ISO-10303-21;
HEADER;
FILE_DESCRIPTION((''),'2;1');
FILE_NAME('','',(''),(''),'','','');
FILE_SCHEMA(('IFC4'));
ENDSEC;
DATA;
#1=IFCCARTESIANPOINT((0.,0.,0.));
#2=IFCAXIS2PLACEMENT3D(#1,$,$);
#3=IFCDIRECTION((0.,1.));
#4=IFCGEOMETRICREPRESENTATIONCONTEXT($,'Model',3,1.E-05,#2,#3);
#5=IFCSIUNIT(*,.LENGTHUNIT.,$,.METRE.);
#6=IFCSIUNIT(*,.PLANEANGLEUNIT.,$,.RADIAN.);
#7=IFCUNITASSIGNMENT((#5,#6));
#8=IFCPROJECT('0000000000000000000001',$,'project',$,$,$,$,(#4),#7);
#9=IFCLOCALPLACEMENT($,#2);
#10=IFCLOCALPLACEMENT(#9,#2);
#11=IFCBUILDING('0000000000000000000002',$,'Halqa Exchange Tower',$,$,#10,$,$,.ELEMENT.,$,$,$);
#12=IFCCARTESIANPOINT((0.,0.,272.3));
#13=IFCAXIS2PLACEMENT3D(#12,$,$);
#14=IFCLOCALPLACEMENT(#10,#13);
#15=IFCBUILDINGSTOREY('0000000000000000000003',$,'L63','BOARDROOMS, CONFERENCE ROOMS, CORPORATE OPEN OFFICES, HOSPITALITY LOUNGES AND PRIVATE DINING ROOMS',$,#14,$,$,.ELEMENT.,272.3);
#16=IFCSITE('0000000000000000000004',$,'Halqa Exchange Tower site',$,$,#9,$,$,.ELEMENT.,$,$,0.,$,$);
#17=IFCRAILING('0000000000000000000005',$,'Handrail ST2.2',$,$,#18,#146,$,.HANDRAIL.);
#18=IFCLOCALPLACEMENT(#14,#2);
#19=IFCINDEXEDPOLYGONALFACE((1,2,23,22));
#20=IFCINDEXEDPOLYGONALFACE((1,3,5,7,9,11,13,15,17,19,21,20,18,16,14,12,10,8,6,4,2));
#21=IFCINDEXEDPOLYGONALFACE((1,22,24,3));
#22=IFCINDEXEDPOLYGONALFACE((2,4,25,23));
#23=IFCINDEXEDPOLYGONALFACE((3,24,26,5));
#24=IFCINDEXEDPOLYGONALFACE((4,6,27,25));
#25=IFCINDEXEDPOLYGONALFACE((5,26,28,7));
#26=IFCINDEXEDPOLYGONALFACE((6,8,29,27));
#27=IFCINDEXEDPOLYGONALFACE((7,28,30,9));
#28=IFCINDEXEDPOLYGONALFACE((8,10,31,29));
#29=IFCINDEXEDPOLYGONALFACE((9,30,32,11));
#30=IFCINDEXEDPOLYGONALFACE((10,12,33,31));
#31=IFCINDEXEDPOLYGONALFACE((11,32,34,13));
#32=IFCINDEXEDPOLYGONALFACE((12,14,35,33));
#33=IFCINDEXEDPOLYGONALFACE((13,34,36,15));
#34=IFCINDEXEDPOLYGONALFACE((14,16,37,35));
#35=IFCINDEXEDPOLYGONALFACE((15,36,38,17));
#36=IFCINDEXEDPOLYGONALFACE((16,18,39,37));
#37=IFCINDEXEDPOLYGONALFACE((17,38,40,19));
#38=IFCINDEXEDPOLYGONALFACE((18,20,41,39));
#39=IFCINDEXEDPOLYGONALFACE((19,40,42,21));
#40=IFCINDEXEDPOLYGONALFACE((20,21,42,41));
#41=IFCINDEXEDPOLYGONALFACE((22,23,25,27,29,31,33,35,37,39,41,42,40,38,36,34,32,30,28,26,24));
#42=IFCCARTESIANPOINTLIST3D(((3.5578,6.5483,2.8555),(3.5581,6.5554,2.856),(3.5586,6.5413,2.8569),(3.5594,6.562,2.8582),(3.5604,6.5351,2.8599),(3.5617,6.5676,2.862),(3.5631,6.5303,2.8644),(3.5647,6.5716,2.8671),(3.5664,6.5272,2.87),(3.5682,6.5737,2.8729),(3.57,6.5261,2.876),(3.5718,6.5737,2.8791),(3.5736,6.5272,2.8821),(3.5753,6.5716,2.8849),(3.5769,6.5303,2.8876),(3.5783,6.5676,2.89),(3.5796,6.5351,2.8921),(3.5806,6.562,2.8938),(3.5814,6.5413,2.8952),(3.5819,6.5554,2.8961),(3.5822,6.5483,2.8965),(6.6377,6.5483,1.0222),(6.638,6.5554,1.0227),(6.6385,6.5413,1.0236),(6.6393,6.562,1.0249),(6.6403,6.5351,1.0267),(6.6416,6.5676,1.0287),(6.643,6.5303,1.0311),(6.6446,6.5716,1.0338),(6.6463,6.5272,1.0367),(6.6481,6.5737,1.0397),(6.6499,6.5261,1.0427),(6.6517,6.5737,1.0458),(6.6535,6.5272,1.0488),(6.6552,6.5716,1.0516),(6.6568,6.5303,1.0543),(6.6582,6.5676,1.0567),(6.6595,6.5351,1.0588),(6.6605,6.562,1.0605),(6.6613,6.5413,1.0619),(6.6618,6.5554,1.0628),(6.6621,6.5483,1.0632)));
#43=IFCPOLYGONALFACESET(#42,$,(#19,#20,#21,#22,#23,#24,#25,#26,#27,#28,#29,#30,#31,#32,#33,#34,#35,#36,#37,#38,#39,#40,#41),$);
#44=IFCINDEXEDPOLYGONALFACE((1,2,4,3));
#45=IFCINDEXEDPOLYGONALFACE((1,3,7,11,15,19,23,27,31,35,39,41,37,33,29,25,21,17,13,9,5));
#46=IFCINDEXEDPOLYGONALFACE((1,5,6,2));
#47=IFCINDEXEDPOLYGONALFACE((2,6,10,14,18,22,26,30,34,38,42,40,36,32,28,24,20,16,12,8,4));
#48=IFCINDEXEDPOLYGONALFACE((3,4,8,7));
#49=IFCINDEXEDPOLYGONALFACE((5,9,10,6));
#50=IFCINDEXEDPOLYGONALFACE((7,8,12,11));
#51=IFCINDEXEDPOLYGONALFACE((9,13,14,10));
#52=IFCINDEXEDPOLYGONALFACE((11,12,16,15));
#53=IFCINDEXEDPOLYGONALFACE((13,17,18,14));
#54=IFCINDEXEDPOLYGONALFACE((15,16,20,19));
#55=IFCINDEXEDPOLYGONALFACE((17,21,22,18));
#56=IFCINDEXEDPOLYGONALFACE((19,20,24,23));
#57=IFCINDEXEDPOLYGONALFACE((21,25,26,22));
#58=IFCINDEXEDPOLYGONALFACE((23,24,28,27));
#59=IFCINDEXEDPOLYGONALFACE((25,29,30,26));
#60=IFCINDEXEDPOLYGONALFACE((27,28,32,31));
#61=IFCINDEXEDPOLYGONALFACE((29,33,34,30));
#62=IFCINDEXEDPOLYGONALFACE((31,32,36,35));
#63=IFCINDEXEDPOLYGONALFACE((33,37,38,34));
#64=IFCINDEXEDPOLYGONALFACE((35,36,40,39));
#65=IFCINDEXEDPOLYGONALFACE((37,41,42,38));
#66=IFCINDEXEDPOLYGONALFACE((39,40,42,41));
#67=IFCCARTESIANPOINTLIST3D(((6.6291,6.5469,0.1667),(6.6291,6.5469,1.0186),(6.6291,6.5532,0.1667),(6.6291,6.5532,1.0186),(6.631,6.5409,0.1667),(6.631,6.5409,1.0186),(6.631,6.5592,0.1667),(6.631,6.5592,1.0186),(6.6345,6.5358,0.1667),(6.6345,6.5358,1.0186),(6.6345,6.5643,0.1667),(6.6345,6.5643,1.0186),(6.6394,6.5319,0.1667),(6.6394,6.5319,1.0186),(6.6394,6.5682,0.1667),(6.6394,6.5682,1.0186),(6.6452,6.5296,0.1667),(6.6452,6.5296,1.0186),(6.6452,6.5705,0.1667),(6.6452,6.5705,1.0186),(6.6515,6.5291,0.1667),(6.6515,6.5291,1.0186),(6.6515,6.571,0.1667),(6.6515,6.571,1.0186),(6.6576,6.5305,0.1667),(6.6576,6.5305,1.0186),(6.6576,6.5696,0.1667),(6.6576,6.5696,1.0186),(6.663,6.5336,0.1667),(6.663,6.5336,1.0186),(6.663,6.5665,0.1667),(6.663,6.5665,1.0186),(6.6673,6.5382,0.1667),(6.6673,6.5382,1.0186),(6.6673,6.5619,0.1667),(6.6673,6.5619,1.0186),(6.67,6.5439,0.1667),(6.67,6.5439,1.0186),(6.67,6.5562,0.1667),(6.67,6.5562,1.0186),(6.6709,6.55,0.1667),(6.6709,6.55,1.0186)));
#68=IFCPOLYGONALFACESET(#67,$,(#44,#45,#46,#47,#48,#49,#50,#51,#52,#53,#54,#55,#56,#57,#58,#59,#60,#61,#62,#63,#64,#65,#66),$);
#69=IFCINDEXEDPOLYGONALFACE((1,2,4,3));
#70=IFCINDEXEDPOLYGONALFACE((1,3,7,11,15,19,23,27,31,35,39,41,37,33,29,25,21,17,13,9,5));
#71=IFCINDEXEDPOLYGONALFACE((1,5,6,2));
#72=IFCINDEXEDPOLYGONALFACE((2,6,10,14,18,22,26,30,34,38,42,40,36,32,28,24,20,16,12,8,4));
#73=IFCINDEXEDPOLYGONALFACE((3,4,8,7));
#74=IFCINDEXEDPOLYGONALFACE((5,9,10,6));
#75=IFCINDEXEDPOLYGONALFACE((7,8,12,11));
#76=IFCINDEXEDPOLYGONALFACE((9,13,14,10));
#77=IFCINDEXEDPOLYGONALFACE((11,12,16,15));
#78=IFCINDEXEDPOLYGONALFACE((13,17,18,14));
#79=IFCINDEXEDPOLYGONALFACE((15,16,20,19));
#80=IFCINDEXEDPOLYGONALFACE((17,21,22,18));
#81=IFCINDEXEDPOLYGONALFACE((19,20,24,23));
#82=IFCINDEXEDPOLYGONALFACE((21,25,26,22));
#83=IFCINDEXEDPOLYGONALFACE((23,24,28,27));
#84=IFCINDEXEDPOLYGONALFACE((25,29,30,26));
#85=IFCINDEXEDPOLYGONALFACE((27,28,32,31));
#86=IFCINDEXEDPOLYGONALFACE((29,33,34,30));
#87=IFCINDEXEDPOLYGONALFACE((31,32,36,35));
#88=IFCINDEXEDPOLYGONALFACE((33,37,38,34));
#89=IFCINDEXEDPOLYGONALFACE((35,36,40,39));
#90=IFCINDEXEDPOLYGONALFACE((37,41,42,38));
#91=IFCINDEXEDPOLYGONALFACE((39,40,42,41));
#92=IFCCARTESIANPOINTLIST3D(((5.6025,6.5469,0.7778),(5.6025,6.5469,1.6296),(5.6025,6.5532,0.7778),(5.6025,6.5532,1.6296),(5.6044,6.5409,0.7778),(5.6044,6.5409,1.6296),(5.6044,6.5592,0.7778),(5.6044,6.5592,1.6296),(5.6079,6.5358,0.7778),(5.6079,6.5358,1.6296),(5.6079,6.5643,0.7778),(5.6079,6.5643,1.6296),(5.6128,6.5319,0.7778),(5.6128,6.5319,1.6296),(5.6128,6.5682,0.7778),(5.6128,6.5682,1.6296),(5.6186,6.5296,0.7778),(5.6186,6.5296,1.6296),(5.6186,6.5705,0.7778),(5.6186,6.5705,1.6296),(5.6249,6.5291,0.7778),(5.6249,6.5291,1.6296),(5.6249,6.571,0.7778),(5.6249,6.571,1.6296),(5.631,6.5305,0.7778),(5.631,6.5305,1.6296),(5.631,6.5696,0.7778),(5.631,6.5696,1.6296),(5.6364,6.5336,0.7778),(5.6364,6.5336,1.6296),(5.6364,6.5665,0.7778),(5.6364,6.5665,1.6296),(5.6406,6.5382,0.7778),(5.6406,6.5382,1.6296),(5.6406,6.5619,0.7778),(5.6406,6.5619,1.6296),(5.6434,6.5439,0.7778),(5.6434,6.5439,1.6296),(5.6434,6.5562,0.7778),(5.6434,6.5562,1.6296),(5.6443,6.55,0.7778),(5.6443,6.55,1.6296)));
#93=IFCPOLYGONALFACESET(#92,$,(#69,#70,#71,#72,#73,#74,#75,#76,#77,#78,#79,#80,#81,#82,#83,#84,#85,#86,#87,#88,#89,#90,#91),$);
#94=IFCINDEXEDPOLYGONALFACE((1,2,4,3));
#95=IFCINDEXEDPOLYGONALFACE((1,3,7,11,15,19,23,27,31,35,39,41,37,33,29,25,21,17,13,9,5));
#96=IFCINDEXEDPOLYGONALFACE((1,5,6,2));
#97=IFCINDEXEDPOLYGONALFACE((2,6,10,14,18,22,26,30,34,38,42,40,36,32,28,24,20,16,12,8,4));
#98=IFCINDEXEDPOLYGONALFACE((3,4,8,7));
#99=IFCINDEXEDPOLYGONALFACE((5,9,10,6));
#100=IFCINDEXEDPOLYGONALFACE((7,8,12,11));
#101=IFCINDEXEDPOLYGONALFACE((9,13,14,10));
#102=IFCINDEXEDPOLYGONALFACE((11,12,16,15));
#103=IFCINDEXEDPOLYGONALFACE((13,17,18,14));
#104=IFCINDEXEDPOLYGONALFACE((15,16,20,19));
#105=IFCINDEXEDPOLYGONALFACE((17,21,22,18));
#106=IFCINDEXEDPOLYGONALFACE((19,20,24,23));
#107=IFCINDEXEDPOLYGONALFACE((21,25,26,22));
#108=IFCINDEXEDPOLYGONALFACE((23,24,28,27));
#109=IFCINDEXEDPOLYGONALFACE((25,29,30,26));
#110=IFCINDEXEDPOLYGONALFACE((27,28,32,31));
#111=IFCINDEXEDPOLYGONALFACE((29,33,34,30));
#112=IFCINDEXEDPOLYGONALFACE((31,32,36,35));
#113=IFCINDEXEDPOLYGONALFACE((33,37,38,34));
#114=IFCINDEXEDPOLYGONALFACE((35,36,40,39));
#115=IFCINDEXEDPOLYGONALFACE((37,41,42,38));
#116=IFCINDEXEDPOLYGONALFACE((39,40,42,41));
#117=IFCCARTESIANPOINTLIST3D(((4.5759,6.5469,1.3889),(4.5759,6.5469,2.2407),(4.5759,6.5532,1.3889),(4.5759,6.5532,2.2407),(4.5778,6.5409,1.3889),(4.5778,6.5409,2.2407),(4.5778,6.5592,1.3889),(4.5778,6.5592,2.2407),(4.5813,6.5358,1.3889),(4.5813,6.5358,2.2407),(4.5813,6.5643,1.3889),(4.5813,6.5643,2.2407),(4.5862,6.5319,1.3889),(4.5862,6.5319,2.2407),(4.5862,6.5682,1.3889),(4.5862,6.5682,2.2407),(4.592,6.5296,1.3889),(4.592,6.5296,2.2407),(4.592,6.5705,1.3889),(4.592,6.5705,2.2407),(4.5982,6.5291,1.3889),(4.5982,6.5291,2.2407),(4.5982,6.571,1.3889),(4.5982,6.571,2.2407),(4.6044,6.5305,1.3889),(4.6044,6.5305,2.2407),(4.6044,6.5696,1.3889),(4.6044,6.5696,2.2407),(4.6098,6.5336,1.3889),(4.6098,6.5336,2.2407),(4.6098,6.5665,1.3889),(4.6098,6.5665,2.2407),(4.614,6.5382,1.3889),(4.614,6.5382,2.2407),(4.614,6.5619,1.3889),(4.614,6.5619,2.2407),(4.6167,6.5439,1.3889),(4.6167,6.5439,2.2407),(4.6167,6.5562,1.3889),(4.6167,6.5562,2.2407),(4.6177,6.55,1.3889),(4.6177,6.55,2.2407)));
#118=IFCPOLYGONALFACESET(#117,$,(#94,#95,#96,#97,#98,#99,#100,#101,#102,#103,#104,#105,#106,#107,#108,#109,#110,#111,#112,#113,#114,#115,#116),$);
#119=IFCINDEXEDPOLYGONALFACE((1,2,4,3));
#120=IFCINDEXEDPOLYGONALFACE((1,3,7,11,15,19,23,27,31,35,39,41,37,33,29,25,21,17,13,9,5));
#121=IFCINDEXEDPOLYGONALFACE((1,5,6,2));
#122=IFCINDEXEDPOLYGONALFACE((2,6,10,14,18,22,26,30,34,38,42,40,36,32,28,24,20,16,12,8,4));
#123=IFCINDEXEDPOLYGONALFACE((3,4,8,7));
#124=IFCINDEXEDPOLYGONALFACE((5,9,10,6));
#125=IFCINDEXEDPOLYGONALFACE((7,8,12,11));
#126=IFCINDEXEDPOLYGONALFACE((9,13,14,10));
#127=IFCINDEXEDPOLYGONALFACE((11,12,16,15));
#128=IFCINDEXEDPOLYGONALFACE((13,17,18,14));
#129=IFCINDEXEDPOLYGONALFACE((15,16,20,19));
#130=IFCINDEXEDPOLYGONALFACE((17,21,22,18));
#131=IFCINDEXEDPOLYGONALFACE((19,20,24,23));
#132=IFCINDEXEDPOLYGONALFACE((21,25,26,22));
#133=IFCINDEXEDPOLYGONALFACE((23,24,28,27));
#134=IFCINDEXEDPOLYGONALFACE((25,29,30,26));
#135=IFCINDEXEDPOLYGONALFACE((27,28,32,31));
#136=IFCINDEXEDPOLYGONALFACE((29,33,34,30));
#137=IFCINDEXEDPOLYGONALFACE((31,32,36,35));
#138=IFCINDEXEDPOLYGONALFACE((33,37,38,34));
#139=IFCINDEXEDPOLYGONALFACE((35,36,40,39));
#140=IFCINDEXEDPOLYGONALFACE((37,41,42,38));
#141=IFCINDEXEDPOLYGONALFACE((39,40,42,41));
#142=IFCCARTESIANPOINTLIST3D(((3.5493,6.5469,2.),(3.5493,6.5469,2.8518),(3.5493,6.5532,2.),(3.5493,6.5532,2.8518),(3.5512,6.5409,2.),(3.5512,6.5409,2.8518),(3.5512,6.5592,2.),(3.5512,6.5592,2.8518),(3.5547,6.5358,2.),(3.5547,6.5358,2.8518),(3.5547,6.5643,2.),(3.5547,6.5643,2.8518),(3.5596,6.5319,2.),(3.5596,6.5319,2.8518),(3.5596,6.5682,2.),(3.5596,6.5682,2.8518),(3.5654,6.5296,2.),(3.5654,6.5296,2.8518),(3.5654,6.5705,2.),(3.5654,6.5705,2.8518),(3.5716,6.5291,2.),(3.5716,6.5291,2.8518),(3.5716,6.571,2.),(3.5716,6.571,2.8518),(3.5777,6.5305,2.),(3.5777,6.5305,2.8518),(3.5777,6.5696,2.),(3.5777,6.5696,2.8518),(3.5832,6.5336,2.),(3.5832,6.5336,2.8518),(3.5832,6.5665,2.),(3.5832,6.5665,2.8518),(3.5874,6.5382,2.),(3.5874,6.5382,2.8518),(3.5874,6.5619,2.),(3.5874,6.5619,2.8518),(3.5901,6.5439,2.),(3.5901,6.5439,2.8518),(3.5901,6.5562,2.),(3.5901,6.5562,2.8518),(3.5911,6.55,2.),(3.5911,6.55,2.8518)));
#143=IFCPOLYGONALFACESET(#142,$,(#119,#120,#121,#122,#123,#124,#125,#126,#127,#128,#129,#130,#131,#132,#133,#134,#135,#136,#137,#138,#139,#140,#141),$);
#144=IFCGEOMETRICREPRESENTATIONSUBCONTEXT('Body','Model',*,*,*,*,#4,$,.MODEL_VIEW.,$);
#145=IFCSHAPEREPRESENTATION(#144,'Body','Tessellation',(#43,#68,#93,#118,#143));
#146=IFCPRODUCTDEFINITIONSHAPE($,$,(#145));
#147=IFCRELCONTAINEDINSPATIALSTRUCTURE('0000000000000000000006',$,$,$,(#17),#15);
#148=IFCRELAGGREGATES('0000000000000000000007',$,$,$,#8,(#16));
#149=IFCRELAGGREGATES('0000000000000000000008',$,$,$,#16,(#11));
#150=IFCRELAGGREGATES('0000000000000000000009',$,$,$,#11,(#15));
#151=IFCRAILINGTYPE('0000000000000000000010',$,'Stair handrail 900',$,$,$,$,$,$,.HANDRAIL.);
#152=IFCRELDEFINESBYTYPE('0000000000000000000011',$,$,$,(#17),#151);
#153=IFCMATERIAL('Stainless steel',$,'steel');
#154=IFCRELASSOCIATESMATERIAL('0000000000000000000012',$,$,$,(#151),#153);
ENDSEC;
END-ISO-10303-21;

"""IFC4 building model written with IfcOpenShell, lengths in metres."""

from ifc_helpers import new_model, si_unit, direction, frame, origin, origin_2d, place, context, subcontext, project, spatial, circle, extrude, material, type_object, element, save


model = new_model("IFC4")

# Units and contexts
model_context = context("Model", 3, precision=1e-05, world=origin(), true_north=direction((0.0, 1.0)))
body_context = subcontext(model_context, "Body", "Model", "MODEL_VIEW")
ifc_project = project(units=[si_unit("LENGTHUNIT", "METRE"), si_unit("PLANEANGLEUNIT", "RADIAN")], contexts=[model_context])

# Site, building, storey
site_placement = place(None, origin())
site = spatial("IfcSite", under=ifc_project, at=site_placement, Name="Halqa Exchange Tower site", CompositionType="ELEMENT", RefElevation=0.0)
building_placement = place(site_placement, origin())
building = spatial("IfcBuilding", under=site, at=building_placement, Name="Halqa Exchange Tower", CompositionType="ELEMENT")
storey_placement = place(building_placement, frame((0.0, 0.0, 272.3)))
storey = spatial("IfcBuildingStorey", under=building, at=storey_placement, Name="L63", Description="BOARDROOMS, CONFERENCE ROOMS, CORPORATE OPEN OFFICES, HOSPITALITY LOUNGES AND PRIVATE DINING ROOMS", CompositionType="ELEMENT", Elevation=272.3)

# Railing
ifc_material_1 = material(Name="Stainless steel", Category="steel")
railing_type_1 = type_object("IfcRailingType", Name="Stair handrail 900", PredefinedType="HANDRAIL", material=ifc_material_1)
railing_1_placement = place(storey_placement, frame((6.6499, 6.55, 0.1667)))
element("IfcRailing", 1, at=railing_1_placement, inside=storey, type_object=railing_type_1, Name="Handrail ST2.2", PredefinedType="HANDRAIL", context=body_context, shape_type="SweptSolid", body=[
    extrude(circle(Radius=0.0239, at=origin_2d()), frame((0.0, 0.0, 0.876), z_axis=(-0.859291, 0.0, 0.511487), x_axis=(0.0, -1.0, 0.0)), (0.0, 0.0, 1.0), 3.5842),
    extrude(circle(Radius=0.021, at=origin_2d()), origin(), (0.0, 0.0, 1.0), 0.8518),
    extrude(circle(Radius=0.021, at=origin_2d()), frame((-1.0266, 0.0, 0.6111)), (0.0, 0.0, 1.0), 0.8518),
    extrude(circle(Radius=0.021, at=origin_2d()), frame((-2.0532, 0.0, 1.2222)), (0.0, 0.0, 1.0), 0.8518),
    extrude(circle(Radius=0.021, at=origin_2d()), frame((-3.0798, 0.0, 1.8333)), (0.0, 0.0, 1.0), 0.8518),
])

save(model, "model.ifc")
